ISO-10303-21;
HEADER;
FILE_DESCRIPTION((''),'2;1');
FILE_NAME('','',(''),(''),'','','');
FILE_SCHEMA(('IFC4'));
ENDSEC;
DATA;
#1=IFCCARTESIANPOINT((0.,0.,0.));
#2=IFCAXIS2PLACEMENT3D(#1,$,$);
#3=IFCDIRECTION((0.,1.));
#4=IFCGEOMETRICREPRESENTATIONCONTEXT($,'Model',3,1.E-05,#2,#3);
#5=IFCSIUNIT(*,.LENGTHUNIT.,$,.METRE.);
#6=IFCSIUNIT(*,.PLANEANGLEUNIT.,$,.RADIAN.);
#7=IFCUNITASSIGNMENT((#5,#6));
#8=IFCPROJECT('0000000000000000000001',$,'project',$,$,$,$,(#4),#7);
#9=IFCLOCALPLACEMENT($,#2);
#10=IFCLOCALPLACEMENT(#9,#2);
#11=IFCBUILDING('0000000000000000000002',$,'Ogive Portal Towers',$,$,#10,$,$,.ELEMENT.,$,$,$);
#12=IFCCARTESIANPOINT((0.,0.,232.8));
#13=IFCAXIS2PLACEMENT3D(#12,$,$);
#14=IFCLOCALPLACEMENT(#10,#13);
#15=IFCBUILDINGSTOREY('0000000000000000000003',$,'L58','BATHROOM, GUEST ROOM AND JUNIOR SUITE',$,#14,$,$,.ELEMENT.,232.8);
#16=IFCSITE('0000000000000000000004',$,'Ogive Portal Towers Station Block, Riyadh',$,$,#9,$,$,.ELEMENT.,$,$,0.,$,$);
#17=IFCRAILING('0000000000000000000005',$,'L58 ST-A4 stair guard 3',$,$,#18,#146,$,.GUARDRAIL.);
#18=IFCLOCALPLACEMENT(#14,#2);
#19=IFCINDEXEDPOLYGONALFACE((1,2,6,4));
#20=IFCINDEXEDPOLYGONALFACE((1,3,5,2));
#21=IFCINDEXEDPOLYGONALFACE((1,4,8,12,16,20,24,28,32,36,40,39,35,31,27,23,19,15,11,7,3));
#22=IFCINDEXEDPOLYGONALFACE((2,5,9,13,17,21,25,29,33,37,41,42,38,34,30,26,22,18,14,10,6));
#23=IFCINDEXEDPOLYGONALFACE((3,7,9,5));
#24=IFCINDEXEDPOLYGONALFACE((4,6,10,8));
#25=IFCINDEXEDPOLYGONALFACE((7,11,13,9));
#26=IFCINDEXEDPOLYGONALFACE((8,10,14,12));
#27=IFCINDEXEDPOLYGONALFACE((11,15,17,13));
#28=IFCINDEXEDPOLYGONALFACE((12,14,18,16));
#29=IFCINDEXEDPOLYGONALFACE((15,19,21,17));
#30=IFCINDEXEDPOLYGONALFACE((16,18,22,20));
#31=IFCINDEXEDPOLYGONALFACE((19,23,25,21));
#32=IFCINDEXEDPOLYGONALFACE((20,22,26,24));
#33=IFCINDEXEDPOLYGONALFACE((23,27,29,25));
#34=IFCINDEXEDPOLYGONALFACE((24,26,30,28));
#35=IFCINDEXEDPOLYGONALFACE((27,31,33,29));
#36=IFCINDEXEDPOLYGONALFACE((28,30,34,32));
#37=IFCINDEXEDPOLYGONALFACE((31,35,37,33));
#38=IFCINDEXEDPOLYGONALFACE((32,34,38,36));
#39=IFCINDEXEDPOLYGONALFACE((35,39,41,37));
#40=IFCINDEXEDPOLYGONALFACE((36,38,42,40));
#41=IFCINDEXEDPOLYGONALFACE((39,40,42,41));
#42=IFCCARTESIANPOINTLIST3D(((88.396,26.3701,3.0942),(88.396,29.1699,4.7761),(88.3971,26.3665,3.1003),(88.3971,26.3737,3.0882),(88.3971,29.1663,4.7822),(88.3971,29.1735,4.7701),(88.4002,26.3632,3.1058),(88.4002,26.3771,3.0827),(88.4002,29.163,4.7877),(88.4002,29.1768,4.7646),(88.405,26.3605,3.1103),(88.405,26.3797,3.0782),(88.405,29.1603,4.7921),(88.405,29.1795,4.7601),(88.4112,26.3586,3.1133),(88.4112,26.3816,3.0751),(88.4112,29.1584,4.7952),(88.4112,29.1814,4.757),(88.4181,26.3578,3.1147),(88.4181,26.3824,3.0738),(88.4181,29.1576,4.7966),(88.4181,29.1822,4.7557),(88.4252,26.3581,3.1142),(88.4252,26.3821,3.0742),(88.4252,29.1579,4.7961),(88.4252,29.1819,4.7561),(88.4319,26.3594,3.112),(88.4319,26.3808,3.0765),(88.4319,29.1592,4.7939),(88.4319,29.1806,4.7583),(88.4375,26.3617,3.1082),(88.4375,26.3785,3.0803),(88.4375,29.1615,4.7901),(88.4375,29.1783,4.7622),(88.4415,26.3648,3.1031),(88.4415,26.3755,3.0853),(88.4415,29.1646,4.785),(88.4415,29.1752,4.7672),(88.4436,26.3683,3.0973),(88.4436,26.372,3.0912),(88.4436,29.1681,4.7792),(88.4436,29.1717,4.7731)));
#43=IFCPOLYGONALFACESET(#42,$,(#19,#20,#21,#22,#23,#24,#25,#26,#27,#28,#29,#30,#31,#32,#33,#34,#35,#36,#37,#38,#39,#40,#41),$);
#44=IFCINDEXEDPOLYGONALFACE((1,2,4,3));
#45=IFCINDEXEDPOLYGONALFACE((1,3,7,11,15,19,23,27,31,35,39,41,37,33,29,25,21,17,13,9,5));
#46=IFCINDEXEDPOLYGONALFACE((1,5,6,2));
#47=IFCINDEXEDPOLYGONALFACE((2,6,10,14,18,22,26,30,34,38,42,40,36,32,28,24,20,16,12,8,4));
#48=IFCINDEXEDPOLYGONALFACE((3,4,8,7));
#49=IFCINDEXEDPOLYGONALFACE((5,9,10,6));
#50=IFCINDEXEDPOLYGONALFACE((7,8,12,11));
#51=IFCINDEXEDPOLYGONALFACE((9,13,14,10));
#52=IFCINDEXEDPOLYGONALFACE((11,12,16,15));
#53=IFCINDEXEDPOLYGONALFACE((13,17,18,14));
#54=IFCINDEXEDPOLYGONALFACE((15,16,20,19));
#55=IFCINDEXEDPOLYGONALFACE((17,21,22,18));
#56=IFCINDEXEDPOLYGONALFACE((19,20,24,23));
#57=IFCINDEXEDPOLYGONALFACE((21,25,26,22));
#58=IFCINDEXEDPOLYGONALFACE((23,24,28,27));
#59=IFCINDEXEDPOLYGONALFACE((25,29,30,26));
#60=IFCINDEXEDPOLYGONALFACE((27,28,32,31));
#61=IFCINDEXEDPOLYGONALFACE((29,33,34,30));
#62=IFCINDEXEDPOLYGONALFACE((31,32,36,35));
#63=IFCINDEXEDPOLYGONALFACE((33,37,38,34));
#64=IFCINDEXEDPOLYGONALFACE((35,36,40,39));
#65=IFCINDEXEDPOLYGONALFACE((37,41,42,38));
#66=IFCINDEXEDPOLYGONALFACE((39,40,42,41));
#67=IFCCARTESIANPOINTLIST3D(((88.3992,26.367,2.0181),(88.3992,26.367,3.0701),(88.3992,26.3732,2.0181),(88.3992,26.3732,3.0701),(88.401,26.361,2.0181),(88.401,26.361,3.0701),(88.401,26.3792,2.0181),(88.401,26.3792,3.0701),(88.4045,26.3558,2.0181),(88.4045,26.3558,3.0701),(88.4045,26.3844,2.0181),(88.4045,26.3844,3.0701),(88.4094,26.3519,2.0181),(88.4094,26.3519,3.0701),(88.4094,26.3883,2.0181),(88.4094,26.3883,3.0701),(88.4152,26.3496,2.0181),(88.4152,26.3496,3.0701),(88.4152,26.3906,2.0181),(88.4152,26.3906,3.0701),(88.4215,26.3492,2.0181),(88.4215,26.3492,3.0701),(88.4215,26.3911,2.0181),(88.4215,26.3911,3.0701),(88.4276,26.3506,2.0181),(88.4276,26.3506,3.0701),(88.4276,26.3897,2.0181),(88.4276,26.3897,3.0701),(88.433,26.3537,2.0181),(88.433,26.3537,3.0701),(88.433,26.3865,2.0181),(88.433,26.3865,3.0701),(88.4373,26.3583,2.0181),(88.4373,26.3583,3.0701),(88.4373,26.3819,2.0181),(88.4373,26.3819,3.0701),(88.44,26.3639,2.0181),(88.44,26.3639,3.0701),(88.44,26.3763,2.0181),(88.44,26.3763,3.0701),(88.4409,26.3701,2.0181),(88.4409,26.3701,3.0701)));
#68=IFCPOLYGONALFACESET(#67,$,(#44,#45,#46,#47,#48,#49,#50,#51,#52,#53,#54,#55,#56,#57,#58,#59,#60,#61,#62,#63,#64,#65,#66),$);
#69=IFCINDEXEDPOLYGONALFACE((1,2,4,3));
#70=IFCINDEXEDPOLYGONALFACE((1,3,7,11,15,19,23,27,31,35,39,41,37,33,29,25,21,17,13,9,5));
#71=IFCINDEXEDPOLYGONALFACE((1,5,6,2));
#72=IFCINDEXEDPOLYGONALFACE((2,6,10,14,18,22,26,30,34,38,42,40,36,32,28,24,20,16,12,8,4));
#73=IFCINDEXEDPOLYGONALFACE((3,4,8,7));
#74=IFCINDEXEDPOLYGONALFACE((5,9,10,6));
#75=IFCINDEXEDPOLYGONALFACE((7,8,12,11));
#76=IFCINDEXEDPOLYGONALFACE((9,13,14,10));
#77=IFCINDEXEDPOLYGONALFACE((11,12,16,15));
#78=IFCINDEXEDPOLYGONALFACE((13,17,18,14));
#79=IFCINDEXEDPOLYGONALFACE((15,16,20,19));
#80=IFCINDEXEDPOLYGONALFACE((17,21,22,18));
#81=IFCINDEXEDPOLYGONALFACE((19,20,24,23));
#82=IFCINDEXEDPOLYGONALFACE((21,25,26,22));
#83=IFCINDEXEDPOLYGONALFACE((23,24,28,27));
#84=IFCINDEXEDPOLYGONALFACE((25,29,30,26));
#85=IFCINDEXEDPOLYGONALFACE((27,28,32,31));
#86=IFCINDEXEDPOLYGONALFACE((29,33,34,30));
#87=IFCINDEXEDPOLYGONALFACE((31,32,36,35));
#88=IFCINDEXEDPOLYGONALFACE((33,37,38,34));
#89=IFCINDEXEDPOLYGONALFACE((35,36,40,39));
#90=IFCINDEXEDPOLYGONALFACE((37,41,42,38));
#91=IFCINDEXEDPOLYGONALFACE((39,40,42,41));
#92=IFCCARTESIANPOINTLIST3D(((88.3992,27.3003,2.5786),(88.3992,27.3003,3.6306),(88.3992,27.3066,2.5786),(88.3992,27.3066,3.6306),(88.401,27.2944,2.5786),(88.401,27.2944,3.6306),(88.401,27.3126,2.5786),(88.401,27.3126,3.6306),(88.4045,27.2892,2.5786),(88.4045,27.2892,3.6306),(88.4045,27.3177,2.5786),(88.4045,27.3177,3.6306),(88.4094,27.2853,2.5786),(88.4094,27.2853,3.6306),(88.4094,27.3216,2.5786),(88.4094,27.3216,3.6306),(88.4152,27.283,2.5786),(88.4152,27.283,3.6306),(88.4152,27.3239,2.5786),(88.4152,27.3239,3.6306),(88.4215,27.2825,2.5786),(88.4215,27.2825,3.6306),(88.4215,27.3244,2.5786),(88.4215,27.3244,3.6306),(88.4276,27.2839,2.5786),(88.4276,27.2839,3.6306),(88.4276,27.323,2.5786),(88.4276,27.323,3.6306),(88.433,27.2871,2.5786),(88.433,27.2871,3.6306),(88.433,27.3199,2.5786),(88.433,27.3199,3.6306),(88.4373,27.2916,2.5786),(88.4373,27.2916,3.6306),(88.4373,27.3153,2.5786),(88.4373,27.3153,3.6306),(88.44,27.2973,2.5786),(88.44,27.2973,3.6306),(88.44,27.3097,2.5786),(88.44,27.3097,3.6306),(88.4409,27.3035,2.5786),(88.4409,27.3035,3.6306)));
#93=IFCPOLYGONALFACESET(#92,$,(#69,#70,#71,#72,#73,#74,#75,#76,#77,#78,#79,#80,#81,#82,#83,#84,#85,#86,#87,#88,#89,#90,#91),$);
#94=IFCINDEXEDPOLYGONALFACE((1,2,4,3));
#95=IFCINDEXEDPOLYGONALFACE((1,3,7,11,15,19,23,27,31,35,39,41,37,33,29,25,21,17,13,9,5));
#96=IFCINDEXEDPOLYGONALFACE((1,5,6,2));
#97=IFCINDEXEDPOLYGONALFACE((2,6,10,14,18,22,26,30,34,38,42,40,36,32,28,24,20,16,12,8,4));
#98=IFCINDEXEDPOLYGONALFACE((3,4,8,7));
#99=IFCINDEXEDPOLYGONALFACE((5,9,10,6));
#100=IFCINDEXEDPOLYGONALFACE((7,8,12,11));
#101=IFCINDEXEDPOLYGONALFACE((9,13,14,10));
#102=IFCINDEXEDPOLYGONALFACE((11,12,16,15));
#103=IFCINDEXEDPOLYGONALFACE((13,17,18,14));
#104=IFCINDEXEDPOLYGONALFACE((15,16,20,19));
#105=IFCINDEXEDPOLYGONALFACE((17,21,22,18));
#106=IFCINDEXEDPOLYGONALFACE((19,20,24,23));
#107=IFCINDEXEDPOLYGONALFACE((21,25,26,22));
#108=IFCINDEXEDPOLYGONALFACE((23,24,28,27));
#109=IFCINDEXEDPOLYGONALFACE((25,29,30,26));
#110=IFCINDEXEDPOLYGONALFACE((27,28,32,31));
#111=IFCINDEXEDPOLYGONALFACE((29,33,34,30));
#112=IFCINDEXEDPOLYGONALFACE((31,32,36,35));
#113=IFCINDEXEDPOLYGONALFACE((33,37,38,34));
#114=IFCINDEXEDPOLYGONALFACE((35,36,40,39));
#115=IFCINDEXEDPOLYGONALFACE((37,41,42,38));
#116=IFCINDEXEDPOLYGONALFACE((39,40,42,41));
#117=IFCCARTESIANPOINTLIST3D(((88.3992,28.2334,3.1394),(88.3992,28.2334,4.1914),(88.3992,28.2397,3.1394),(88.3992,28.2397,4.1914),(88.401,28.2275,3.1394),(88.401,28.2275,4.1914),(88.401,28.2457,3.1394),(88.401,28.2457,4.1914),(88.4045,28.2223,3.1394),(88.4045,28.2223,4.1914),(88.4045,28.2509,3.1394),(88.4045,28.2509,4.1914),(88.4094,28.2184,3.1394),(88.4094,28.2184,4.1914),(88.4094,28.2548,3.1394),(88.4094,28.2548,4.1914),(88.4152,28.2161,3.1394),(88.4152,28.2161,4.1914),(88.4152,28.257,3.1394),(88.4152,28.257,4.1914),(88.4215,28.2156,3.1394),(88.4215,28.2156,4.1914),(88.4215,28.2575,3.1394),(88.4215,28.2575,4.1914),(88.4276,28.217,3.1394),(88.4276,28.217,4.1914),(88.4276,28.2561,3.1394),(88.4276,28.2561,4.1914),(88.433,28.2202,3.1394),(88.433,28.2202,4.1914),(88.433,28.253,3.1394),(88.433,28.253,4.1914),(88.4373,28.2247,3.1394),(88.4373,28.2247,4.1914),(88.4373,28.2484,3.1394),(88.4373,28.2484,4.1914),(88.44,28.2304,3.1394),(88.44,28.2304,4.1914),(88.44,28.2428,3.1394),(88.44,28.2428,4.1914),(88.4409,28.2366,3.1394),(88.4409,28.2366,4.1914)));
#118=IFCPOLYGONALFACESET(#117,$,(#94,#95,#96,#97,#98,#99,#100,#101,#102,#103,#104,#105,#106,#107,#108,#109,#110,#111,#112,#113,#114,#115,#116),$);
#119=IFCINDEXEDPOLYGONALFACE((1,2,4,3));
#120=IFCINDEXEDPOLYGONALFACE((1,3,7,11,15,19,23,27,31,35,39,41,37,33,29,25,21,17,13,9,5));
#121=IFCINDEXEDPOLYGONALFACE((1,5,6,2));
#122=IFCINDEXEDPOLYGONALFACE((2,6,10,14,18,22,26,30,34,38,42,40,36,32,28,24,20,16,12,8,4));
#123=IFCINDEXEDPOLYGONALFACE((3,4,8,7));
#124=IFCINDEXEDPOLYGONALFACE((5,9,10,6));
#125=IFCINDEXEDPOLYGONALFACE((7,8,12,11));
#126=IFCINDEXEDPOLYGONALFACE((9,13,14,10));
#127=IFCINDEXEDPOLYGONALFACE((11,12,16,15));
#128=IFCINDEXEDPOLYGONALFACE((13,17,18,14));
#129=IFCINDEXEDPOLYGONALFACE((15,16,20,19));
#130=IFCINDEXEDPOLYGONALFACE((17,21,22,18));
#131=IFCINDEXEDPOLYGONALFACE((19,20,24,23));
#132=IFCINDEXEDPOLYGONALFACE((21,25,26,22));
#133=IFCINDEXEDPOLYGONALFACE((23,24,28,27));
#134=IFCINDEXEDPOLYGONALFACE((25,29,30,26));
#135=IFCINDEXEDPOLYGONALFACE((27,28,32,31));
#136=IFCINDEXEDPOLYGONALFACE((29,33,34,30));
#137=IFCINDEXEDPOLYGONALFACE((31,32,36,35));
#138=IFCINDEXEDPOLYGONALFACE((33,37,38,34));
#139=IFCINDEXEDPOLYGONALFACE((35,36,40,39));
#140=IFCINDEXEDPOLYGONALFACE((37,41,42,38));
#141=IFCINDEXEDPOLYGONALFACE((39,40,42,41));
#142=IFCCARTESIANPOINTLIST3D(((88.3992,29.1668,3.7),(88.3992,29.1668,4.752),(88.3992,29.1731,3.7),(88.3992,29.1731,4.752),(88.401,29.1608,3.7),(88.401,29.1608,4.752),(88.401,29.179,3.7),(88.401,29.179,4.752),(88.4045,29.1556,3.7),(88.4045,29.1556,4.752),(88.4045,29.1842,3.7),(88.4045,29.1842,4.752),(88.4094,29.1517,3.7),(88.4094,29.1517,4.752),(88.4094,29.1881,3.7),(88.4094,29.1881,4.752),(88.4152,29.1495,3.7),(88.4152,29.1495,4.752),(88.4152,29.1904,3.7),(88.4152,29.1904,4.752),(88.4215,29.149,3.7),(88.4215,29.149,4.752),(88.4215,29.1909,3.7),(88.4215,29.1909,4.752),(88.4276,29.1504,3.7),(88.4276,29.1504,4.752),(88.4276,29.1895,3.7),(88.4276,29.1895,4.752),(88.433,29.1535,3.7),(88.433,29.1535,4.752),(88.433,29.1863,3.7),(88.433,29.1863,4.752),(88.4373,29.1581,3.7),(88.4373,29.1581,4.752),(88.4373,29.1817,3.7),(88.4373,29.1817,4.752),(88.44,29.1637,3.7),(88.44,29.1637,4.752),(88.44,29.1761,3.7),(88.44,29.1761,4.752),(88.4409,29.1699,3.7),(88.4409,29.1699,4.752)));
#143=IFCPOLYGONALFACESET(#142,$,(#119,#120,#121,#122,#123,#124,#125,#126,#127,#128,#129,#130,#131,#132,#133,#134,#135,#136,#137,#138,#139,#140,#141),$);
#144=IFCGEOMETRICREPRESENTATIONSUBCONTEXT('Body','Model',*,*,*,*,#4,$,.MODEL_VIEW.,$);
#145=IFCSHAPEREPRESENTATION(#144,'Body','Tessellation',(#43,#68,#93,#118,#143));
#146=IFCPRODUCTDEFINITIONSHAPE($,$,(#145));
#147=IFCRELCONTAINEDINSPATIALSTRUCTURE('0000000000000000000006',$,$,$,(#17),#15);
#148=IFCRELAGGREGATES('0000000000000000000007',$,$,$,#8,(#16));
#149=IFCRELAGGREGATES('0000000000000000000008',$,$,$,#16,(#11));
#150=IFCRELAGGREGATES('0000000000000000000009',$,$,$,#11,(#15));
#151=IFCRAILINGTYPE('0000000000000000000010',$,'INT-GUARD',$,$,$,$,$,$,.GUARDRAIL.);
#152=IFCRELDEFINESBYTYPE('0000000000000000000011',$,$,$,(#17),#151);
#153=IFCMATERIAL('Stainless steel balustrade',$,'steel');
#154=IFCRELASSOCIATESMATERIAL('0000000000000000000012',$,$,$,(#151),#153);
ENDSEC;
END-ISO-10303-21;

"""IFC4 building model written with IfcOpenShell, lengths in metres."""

from ifc_helpers import new_model, si_unit, direction, frame, origin, origin_2d, place, context, subcontext, project, spatial, circle, extrude, material, type_object, element, save


model = new_model("IFC4")

# Units and contexts
model_context = context("Model", 3, precision=1e-05, world=origin(), true_north=direction((0.0, 1.0)))
body_context = subcontext(model_context, "Body", "Model", "MODEL_VIEW")
ifc_project = project(units=[si_unit("LENGTHUNIT", "METRE"), si_unit("PLANEANGLEUNIT", "RADIAN")], contexts=[model_context])

# Site, building, storey
site_placement = place(None, origin())
site = spatial("IfcSite", under=ifc_project, at=site_placement, Name="Ogive Portal Towers Station Block, Riyadh", CompositionType="ELEMENT", RefElevation=0.0)
building_placement = place(site_placement, origin())
building = spatial("IfcBuilding", under=site, at=building_placement, Name="Ogive Portal Towers", CompositionType="ELEMENT")
storey_placement = place(building_placement, frame((0.0, 0.0, 232.8)))
storey = spatial("IfcBuildingStorey", under=building, at=storey_placement, Name="L58", Description="BATHROOM, GUEST ROOM AND JUNIOR SUITE", CompositionType="ELEMENT", Elevation=232.8)

# Railing
ifc_material_1 = material(Name="Stainless steel balustrade", Category="steel")
railing_type_1 = type_object("IfcRailingType", Name="INT-GUARD", PredefinedType="GUARDRAIL", material=ifc_material_1)
railing_1_placement = place(storey_placement, frame((88.4199, 26.3701, 2.0181)))
element("IfcRailing", 1, at=railing_1_placement, inside=storey, type_object=railing_type_1, Name="L58 ST-A4 stair guard 3", PredefinedType="GUARDRAIL", context=body_context, shape_type="SweptSolid", body=[
    extrude(circle(Radius=0.0239, at=origin_2d()), frame((0.0, 0.0, 1.0762), z_axis=(0.0, 0.857222, 0.514946), x_axis=(-1.0, 0.0, 0.0)), (0.0, 0.0, 1.0), 3.2661),
    extrude(circle(Radius=0.021, at=origin_2d()), origin(), (0.0, 0.0, 1.0), 1.052),
    extrude(circle(Radius=0.021, at=origin_2d()), frame((0.0, 0.9333, 0.5605)), (0.0, 0.0, 1.0), 1.052),
    extrude(circle(Radius=0.021, at=origin_2d()), frame((0.0, 1.8665, 1.1213)), (0.0, 0.0, 1.0), 1.052),
    extrude(circle(Radius=0.021, at=origin_2d()), frame((0.0, 2.7998, 1.6819)), (0.0, 0.0, 1.0), 1.052),
])

save(model, "model.ifc")
